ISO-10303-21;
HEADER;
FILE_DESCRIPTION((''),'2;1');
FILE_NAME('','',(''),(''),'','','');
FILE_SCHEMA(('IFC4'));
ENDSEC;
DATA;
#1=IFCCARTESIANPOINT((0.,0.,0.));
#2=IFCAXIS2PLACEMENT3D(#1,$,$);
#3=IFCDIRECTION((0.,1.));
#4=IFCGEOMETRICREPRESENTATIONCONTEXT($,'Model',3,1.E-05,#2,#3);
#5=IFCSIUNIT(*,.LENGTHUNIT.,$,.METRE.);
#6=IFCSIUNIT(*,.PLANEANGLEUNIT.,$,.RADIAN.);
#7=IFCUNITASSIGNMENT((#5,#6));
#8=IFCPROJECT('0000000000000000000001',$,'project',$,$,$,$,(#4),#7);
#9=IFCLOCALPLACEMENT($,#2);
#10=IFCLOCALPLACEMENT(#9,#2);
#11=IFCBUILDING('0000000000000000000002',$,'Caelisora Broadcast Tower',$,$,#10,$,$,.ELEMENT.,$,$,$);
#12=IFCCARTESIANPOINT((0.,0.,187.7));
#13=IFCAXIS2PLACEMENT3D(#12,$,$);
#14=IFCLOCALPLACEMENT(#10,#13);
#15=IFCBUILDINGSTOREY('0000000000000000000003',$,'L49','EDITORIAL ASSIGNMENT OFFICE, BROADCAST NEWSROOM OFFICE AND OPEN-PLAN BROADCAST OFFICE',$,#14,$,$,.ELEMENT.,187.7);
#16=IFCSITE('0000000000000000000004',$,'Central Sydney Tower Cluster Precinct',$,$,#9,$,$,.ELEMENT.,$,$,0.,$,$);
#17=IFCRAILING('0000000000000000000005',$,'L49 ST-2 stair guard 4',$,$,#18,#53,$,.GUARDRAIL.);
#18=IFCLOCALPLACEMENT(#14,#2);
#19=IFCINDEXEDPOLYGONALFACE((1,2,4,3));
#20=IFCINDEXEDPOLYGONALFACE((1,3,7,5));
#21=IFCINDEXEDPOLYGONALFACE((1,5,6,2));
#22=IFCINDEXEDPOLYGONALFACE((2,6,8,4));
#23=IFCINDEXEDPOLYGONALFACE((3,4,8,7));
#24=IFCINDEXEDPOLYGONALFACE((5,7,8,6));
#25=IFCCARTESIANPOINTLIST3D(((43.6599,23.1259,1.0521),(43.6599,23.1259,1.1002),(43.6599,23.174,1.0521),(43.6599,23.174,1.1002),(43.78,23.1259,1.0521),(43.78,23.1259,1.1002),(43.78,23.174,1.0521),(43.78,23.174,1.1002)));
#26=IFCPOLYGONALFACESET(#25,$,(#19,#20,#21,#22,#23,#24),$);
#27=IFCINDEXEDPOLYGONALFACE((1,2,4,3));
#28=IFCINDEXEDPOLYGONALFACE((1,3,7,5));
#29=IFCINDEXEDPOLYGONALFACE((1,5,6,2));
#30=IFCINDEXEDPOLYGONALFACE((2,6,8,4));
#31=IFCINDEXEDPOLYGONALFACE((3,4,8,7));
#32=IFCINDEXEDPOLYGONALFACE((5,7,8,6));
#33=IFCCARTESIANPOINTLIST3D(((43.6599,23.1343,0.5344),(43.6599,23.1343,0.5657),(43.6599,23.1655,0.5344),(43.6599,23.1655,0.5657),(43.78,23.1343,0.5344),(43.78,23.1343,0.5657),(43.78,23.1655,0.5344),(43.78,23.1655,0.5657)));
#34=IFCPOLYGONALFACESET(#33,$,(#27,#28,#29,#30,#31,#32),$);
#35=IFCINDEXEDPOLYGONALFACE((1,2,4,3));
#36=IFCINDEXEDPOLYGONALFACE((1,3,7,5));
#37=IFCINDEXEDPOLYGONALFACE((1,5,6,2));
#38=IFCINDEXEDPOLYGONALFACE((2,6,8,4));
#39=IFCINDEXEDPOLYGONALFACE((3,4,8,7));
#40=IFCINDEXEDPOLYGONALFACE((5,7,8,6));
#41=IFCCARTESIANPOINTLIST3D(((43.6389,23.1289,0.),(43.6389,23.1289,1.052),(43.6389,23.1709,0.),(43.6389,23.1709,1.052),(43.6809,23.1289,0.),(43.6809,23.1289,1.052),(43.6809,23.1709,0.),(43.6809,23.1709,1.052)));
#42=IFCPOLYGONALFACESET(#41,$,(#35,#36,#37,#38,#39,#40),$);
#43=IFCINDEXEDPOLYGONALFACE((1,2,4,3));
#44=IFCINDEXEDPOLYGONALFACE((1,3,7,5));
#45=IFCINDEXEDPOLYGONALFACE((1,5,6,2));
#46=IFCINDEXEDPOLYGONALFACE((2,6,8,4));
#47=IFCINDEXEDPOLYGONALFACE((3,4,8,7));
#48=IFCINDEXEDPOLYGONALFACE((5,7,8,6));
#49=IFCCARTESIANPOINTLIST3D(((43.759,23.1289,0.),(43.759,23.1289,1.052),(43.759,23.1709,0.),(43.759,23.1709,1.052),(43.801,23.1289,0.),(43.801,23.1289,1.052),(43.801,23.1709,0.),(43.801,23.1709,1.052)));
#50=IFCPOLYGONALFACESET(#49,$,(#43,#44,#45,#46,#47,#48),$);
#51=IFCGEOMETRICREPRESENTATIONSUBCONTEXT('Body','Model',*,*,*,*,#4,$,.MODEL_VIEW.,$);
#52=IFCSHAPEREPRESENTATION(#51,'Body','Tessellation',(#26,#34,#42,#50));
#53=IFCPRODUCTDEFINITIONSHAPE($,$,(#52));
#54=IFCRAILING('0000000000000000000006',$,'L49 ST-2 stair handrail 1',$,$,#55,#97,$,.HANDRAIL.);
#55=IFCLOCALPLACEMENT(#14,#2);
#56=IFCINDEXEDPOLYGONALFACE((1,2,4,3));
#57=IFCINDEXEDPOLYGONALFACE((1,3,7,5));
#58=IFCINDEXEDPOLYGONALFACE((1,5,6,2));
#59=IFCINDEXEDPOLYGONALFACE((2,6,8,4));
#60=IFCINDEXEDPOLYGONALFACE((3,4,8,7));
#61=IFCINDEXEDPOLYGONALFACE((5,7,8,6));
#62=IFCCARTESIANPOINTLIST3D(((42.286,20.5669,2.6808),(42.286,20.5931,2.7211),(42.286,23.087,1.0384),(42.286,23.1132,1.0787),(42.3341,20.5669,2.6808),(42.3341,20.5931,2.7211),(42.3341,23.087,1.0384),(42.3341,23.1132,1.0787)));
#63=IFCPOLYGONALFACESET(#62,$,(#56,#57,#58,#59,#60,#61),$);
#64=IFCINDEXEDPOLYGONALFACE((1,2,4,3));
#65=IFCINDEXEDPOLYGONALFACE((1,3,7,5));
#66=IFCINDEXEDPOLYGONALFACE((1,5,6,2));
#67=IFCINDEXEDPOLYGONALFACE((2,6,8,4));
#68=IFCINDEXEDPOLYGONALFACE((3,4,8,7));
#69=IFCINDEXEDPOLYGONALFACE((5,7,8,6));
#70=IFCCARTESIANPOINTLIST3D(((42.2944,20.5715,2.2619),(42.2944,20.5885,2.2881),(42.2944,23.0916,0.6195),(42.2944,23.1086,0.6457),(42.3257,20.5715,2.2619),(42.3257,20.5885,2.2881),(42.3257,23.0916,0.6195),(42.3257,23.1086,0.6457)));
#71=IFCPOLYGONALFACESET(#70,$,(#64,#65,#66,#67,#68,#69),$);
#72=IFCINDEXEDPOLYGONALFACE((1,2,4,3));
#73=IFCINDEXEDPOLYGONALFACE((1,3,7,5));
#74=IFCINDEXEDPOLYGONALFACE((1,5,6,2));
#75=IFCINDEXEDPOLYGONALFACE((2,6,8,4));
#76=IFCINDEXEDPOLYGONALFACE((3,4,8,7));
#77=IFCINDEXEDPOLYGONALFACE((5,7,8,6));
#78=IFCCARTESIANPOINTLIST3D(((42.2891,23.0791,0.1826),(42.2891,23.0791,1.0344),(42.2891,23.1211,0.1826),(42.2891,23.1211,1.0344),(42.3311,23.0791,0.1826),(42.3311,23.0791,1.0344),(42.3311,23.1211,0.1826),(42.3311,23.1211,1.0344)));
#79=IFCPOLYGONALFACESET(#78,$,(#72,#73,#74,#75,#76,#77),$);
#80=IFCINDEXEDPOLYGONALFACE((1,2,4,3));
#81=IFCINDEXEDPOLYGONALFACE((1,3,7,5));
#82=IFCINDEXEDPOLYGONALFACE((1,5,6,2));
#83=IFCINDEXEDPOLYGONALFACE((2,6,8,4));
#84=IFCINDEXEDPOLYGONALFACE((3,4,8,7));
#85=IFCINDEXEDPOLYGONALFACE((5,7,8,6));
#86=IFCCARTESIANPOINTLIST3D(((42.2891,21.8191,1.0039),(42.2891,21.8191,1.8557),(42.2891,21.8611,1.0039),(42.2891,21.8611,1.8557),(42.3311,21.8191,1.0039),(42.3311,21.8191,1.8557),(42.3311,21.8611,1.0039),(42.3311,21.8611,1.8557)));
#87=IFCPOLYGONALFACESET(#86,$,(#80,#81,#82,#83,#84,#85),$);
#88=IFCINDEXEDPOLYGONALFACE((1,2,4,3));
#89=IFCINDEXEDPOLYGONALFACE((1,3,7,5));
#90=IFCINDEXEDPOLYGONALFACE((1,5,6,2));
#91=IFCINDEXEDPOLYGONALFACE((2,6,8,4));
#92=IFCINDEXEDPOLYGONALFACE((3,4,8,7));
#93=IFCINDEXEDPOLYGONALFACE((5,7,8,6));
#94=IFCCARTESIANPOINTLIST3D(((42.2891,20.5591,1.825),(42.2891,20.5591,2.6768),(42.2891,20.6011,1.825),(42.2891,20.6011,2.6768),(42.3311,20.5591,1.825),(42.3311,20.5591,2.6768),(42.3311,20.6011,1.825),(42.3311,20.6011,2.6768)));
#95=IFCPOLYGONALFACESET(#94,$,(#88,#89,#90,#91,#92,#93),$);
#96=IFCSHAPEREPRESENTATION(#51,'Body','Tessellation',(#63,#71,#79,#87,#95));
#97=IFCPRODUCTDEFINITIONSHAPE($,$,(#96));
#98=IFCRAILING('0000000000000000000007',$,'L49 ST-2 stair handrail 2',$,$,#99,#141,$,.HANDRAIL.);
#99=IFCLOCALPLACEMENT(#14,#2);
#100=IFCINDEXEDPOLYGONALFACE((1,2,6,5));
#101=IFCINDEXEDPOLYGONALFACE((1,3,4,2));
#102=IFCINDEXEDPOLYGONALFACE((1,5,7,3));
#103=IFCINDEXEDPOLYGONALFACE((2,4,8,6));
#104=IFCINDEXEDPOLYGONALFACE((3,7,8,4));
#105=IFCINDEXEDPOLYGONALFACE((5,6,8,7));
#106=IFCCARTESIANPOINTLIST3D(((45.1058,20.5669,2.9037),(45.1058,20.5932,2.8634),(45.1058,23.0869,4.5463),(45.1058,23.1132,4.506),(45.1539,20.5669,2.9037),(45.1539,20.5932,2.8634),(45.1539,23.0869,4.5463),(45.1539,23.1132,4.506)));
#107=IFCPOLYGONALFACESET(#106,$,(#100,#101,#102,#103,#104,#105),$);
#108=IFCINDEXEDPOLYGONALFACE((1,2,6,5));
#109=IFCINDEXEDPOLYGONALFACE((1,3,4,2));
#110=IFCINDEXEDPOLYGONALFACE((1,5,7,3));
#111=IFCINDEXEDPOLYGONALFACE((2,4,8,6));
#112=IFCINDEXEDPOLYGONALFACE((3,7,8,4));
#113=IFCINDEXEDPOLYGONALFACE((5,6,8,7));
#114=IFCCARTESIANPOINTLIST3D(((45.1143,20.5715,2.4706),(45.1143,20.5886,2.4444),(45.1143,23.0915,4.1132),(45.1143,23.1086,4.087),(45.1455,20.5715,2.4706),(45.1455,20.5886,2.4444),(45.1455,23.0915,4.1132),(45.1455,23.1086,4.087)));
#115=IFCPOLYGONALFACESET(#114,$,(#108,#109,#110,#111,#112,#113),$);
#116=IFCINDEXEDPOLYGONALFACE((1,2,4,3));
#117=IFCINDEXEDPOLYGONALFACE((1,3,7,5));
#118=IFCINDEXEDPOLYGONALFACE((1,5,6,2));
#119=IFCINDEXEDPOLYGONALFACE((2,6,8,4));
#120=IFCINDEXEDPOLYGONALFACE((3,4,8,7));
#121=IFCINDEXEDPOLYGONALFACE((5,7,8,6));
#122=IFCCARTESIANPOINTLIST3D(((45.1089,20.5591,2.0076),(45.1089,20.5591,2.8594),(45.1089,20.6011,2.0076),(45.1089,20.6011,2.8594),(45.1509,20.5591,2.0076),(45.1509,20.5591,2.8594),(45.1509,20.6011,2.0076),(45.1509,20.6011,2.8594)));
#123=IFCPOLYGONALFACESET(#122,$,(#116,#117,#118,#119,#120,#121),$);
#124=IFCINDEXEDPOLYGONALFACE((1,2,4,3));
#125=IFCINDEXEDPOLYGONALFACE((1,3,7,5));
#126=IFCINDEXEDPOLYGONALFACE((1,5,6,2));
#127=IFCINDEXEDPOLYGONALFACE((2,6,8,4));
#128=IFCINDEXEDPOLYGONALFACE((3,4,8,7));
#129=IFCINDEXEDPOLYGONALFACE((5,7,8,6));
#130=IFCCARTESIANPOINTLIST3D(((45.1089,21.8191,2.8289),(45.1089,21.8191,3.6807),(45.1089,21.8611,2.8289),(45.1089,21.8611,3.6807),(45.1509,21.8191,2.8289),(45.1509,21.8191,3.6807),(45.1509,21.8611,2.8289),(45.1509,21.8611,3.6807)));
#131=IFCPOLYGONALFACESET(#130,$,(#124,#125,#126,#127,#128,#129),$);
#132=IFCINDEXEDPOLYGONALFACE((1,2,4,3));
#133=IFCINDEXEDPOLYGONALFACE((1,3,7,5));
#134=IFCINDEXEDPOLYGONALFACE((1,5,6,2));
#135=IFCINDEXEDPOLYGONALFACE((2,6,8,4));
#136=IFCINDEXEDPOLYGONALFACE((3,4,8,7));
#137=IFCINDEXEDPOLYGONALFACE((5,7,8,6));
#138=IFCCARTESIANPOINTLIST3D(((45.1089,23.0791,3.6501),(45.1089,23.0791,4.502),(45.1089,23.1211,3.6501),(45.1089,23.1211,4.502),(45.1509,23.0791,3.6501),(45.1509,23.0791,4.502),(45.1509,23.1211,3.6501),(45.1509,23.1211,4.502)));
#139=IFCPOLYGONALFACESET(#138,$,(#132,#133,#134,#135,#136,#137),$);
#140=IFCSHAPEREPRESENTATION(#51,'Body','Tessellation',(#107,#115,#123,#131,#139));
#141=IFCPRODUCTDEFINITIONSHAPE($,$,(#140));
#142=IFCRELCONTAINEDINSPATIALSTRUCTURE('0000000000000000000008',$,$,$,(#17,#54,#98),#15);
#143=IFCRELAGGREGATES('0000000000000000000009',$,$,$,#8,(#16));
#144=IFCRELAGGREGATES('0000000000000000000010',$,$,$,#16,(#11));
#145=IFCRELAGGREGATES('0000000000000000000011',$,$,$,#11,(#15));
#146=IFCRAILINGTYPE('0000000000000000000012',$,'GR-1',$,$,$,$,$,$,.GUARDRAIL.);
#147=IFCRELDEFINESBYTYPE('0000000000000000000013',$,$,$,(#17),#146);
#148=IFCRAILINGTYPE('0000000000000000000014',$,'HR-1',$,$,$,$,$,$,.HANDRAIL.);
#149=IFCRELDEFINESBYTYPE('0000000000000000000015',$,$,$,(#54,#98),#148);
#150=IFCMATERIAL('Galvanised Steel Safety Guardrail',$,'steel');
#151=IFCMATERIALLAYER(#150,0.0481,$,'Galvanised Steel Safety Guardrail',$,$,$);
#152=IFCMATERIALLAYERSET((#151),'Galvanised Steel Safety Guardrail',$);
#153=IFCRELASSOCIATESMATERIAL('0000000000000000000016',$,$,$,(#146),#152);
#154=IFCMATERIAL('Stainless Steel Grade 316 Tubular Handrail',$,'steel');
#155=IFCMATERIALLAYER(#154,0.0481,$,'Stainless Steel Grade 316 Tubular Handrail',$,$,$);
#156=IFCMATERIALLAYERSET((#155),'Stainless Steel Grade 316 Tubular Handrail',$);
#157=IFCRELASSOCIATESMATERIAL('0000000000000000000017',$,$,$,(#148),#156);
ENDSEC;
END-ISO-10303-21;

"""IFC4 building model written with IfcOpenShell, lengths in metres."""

from ifc_helpers import new_model, si_unit, direction, frame, origin, origin_2d, place, context, subcontext, project, spatial, rectangle, extrude, material, layer, layer_set, type_object, element, save


model = new_model("IFC4")

# Units and contexts
model_context = context("Model", 3, precision=1e-05, world=origin(), true_north=direction((0.0, 1.0)))
body_context = subcontext(model_context, "Body", "Model", "MODEL_VIEW")
ifc_project = project(units=[si_unit("LENGTHUNIT", "METRE"), si_unit("PLANEANGLEUNIT", "RADIAN")], contexts=[model_context])

# Site, building, storey
site_placement = place(None, origin())
site = spatial("IfcSite", under=ifc_project, at=site_placement, Name="Central Sydney Tower Cluster Precinct", CompositionType="ELEMENT", RefElevation=0.0)
building_placement = place(site_placement, origin())
building = spatial("IfcBuilding", under=site, at=building_placement, Name="Caelisora Broadcast Tower", CompositionType="ELEMENT")
storey_placement = place(building_placement, frame((0.0, 0.0, 187.7)))
storey = spatial("IfcBuildingStorey", under=building, at=storey_placement, Name="L49", Description="EDITORIAL ASSIGNMENT OFFICE, BROADCAST NEWSROOM OFFICE AND OPEN-PLAN BROADCAST OFFICE", CompositionType="ELEMENT", Elevation=187.7)

# Railings
ifc_material_1 = material(Name="Galvanised Steel Safety Guardrail", Category="steel")
ifc_layer_1 = layer(ifc_material_1, 0.0481, Name="Galvanised Steel Safety Guardrail")
ifc_layer_set_1 = layer_set([ifc_layer_1], Name="Galvanised Steel Safety Guardrail")
railing_type_1 = type_object("IfcRailingType", Name="GR-1", PredefinedType="GUARDRAIL", material=ifc_layer_set_1)
railing_1_placement = place(storey_placement, frame((43.6599, 23.1499, 0.0)))
element("IfcRailing", 1, at=railing_1_placement, inside=storey, type_object=railing_type_1, Name="L49 ST-2 stair guard 4", PredefinedType="GUARDRAIL", context=body_context, shape_type="SweptSolid", body=[
    extrude(rectangle(XDim=0.0481, YDim=0.0481, at=origin_2d()), frame((0.0, 0.0, 1.0762), z_axis=(1.0, 0.0, 0.0), x_axis=(0.0, 1.0, 0.0)), (0.0, 0.0, 1.0), 0.1201),
    extrude(rectangle(XDim=0.0312, YDim=0.0312, at=origin_2d()), frame((0.0, 0.0, 0.55), z_axis=(1.0, 0.0, 0.0), x_axis=(0.0, 1.0, 0.0)), (0.0, 0.0, 1.0), 0.1201),
    extrude(rectangle(XDim=0.042, YDim=0.042, at=origin_2d()), origin(), (0.0, 0.0, 1.0), 1.052),
    extrude(rectangle(XDim=0.042, YDim=0.042, at=origin_2d()), frame((0.1201, 0.0, 0.0)), (0.0, 0.0, 1.0), 1.052),
])
ifc_material_2 = material(Name="Stainless Steel Grade 316 Tubular Handrail", Category="steel")
ifc_layer_2 = layer(ifc_material_2, 0.0481, Name="Stainless Steel Grade 316 Tubular Handrail")
ifc_layer_set_2 = layer_set([ifc_layer_2], Name="Stainless Steel Grade 316 Tubular Handrail")
railing_type_2 = type_object("IfcRailingType", Name="HR-1", PredefinedType="HANDRAIL", material=ifc_layer_set_2)
railing_2_placement = place(storey_placement, frame((42.3101, 23.1001, 0.1826)))
element("IfcRailing", 2, at=railing_2_placement, inside=storey, type_object=railing_type_2, Name="L49 ST-2 stair handrail 1", PredefinedType="HANDRAIL", context=body_context, shape_type="SweptSolid", body=[
    extrude(rectangle(XDim=0.0481, YDim=0.0481, at=origin_2d()), frame((0.0, 0.0, 0.876), z_axis=(0.0, -0.837787, 0.545998), x_axis=(1.0, 0.0, 0.0)), (0.0, 0.0, 1.0), 3.0081),
    extrude(rectangle(XDim=0.0312, YDim=0.0312, at=origin_2d()), frame((0.0, 0.0, 0.45), z_axis=(0.0, -0.837787, 0.545998), x_axis=(1.0, 0.0, 0.0)), (0.0, 0.0, 1.0), 3.0081),
    extrude(rectangle(XDim=0.042, YDim=0.042, at=origin_2d()), origin(), (0.0, 0.0, 1.0), 0.8518),
    extrude(rectangle(XDim=0.042, YDim=0.042, at=origin_2d()), frame((0.0, -1.26, 0.8213)), (0.0, 0.0, 1.0), 0.8518),
    extrude(rectangle(XDim=0.042, YDim=0.042, at=origin_2d()), frame((0.0, -2.52, 1.6423)), (0.0, 0.0, 1.0), 0.8518),
])
railing_3_placement = place(storey_placement, frame((45.1299, 20.5801, 2.0076)))
element("IfcRailing", 3, at=railing_3_placement, inside=storey, type_object=railing_type_2, Name="L49 ST-2 stair handrail 2", PredefinedType="HANDRAIL", context=body_context, shape_type="SweptSolid", body=[
    extrude(rectangle(XDim=0.0481, YDim=0.0481, at=origin_2d()), frame((0.0, 0.0, 0.876), z_axis=(0.0, 0.837749, 0.546055), x_axis=(-1.0, 0.0, 0.0)), (0.0, 0.0, 1.0), 3.0081),
    extrude(rectangle(XDim=0.0312, YDim=0.0312, at=origin_2d()), frame((0.0, 0.0, 0.45), z_axis=(0.0, 0.837749, 0.546055), x_axis=(-1.0, 0.0, 0.0)), (0.0, 0.0, 1.0), 3.0081),
    extrude(rectangle(XDim=0.042, YDim=0.042, at=origin_2d()), origin(), (0.0, 0.0, 1.0), 0.8518),
    extrude(rectangle(XDim=0.042, YDim=0.042, at=origin_2d()), frame((0.0, 1.26, 0.8213)), (0.0, 0.0, 1.0), 0.8518),
    extrude(rectangle(XDim=0.042, YDim=0.042, at=origin_2d()), frame((0.0, 2.52, 1.6426)), (0.0, 0.0, 1.0), 0.8518),
])

save(model, "model.ifc")
